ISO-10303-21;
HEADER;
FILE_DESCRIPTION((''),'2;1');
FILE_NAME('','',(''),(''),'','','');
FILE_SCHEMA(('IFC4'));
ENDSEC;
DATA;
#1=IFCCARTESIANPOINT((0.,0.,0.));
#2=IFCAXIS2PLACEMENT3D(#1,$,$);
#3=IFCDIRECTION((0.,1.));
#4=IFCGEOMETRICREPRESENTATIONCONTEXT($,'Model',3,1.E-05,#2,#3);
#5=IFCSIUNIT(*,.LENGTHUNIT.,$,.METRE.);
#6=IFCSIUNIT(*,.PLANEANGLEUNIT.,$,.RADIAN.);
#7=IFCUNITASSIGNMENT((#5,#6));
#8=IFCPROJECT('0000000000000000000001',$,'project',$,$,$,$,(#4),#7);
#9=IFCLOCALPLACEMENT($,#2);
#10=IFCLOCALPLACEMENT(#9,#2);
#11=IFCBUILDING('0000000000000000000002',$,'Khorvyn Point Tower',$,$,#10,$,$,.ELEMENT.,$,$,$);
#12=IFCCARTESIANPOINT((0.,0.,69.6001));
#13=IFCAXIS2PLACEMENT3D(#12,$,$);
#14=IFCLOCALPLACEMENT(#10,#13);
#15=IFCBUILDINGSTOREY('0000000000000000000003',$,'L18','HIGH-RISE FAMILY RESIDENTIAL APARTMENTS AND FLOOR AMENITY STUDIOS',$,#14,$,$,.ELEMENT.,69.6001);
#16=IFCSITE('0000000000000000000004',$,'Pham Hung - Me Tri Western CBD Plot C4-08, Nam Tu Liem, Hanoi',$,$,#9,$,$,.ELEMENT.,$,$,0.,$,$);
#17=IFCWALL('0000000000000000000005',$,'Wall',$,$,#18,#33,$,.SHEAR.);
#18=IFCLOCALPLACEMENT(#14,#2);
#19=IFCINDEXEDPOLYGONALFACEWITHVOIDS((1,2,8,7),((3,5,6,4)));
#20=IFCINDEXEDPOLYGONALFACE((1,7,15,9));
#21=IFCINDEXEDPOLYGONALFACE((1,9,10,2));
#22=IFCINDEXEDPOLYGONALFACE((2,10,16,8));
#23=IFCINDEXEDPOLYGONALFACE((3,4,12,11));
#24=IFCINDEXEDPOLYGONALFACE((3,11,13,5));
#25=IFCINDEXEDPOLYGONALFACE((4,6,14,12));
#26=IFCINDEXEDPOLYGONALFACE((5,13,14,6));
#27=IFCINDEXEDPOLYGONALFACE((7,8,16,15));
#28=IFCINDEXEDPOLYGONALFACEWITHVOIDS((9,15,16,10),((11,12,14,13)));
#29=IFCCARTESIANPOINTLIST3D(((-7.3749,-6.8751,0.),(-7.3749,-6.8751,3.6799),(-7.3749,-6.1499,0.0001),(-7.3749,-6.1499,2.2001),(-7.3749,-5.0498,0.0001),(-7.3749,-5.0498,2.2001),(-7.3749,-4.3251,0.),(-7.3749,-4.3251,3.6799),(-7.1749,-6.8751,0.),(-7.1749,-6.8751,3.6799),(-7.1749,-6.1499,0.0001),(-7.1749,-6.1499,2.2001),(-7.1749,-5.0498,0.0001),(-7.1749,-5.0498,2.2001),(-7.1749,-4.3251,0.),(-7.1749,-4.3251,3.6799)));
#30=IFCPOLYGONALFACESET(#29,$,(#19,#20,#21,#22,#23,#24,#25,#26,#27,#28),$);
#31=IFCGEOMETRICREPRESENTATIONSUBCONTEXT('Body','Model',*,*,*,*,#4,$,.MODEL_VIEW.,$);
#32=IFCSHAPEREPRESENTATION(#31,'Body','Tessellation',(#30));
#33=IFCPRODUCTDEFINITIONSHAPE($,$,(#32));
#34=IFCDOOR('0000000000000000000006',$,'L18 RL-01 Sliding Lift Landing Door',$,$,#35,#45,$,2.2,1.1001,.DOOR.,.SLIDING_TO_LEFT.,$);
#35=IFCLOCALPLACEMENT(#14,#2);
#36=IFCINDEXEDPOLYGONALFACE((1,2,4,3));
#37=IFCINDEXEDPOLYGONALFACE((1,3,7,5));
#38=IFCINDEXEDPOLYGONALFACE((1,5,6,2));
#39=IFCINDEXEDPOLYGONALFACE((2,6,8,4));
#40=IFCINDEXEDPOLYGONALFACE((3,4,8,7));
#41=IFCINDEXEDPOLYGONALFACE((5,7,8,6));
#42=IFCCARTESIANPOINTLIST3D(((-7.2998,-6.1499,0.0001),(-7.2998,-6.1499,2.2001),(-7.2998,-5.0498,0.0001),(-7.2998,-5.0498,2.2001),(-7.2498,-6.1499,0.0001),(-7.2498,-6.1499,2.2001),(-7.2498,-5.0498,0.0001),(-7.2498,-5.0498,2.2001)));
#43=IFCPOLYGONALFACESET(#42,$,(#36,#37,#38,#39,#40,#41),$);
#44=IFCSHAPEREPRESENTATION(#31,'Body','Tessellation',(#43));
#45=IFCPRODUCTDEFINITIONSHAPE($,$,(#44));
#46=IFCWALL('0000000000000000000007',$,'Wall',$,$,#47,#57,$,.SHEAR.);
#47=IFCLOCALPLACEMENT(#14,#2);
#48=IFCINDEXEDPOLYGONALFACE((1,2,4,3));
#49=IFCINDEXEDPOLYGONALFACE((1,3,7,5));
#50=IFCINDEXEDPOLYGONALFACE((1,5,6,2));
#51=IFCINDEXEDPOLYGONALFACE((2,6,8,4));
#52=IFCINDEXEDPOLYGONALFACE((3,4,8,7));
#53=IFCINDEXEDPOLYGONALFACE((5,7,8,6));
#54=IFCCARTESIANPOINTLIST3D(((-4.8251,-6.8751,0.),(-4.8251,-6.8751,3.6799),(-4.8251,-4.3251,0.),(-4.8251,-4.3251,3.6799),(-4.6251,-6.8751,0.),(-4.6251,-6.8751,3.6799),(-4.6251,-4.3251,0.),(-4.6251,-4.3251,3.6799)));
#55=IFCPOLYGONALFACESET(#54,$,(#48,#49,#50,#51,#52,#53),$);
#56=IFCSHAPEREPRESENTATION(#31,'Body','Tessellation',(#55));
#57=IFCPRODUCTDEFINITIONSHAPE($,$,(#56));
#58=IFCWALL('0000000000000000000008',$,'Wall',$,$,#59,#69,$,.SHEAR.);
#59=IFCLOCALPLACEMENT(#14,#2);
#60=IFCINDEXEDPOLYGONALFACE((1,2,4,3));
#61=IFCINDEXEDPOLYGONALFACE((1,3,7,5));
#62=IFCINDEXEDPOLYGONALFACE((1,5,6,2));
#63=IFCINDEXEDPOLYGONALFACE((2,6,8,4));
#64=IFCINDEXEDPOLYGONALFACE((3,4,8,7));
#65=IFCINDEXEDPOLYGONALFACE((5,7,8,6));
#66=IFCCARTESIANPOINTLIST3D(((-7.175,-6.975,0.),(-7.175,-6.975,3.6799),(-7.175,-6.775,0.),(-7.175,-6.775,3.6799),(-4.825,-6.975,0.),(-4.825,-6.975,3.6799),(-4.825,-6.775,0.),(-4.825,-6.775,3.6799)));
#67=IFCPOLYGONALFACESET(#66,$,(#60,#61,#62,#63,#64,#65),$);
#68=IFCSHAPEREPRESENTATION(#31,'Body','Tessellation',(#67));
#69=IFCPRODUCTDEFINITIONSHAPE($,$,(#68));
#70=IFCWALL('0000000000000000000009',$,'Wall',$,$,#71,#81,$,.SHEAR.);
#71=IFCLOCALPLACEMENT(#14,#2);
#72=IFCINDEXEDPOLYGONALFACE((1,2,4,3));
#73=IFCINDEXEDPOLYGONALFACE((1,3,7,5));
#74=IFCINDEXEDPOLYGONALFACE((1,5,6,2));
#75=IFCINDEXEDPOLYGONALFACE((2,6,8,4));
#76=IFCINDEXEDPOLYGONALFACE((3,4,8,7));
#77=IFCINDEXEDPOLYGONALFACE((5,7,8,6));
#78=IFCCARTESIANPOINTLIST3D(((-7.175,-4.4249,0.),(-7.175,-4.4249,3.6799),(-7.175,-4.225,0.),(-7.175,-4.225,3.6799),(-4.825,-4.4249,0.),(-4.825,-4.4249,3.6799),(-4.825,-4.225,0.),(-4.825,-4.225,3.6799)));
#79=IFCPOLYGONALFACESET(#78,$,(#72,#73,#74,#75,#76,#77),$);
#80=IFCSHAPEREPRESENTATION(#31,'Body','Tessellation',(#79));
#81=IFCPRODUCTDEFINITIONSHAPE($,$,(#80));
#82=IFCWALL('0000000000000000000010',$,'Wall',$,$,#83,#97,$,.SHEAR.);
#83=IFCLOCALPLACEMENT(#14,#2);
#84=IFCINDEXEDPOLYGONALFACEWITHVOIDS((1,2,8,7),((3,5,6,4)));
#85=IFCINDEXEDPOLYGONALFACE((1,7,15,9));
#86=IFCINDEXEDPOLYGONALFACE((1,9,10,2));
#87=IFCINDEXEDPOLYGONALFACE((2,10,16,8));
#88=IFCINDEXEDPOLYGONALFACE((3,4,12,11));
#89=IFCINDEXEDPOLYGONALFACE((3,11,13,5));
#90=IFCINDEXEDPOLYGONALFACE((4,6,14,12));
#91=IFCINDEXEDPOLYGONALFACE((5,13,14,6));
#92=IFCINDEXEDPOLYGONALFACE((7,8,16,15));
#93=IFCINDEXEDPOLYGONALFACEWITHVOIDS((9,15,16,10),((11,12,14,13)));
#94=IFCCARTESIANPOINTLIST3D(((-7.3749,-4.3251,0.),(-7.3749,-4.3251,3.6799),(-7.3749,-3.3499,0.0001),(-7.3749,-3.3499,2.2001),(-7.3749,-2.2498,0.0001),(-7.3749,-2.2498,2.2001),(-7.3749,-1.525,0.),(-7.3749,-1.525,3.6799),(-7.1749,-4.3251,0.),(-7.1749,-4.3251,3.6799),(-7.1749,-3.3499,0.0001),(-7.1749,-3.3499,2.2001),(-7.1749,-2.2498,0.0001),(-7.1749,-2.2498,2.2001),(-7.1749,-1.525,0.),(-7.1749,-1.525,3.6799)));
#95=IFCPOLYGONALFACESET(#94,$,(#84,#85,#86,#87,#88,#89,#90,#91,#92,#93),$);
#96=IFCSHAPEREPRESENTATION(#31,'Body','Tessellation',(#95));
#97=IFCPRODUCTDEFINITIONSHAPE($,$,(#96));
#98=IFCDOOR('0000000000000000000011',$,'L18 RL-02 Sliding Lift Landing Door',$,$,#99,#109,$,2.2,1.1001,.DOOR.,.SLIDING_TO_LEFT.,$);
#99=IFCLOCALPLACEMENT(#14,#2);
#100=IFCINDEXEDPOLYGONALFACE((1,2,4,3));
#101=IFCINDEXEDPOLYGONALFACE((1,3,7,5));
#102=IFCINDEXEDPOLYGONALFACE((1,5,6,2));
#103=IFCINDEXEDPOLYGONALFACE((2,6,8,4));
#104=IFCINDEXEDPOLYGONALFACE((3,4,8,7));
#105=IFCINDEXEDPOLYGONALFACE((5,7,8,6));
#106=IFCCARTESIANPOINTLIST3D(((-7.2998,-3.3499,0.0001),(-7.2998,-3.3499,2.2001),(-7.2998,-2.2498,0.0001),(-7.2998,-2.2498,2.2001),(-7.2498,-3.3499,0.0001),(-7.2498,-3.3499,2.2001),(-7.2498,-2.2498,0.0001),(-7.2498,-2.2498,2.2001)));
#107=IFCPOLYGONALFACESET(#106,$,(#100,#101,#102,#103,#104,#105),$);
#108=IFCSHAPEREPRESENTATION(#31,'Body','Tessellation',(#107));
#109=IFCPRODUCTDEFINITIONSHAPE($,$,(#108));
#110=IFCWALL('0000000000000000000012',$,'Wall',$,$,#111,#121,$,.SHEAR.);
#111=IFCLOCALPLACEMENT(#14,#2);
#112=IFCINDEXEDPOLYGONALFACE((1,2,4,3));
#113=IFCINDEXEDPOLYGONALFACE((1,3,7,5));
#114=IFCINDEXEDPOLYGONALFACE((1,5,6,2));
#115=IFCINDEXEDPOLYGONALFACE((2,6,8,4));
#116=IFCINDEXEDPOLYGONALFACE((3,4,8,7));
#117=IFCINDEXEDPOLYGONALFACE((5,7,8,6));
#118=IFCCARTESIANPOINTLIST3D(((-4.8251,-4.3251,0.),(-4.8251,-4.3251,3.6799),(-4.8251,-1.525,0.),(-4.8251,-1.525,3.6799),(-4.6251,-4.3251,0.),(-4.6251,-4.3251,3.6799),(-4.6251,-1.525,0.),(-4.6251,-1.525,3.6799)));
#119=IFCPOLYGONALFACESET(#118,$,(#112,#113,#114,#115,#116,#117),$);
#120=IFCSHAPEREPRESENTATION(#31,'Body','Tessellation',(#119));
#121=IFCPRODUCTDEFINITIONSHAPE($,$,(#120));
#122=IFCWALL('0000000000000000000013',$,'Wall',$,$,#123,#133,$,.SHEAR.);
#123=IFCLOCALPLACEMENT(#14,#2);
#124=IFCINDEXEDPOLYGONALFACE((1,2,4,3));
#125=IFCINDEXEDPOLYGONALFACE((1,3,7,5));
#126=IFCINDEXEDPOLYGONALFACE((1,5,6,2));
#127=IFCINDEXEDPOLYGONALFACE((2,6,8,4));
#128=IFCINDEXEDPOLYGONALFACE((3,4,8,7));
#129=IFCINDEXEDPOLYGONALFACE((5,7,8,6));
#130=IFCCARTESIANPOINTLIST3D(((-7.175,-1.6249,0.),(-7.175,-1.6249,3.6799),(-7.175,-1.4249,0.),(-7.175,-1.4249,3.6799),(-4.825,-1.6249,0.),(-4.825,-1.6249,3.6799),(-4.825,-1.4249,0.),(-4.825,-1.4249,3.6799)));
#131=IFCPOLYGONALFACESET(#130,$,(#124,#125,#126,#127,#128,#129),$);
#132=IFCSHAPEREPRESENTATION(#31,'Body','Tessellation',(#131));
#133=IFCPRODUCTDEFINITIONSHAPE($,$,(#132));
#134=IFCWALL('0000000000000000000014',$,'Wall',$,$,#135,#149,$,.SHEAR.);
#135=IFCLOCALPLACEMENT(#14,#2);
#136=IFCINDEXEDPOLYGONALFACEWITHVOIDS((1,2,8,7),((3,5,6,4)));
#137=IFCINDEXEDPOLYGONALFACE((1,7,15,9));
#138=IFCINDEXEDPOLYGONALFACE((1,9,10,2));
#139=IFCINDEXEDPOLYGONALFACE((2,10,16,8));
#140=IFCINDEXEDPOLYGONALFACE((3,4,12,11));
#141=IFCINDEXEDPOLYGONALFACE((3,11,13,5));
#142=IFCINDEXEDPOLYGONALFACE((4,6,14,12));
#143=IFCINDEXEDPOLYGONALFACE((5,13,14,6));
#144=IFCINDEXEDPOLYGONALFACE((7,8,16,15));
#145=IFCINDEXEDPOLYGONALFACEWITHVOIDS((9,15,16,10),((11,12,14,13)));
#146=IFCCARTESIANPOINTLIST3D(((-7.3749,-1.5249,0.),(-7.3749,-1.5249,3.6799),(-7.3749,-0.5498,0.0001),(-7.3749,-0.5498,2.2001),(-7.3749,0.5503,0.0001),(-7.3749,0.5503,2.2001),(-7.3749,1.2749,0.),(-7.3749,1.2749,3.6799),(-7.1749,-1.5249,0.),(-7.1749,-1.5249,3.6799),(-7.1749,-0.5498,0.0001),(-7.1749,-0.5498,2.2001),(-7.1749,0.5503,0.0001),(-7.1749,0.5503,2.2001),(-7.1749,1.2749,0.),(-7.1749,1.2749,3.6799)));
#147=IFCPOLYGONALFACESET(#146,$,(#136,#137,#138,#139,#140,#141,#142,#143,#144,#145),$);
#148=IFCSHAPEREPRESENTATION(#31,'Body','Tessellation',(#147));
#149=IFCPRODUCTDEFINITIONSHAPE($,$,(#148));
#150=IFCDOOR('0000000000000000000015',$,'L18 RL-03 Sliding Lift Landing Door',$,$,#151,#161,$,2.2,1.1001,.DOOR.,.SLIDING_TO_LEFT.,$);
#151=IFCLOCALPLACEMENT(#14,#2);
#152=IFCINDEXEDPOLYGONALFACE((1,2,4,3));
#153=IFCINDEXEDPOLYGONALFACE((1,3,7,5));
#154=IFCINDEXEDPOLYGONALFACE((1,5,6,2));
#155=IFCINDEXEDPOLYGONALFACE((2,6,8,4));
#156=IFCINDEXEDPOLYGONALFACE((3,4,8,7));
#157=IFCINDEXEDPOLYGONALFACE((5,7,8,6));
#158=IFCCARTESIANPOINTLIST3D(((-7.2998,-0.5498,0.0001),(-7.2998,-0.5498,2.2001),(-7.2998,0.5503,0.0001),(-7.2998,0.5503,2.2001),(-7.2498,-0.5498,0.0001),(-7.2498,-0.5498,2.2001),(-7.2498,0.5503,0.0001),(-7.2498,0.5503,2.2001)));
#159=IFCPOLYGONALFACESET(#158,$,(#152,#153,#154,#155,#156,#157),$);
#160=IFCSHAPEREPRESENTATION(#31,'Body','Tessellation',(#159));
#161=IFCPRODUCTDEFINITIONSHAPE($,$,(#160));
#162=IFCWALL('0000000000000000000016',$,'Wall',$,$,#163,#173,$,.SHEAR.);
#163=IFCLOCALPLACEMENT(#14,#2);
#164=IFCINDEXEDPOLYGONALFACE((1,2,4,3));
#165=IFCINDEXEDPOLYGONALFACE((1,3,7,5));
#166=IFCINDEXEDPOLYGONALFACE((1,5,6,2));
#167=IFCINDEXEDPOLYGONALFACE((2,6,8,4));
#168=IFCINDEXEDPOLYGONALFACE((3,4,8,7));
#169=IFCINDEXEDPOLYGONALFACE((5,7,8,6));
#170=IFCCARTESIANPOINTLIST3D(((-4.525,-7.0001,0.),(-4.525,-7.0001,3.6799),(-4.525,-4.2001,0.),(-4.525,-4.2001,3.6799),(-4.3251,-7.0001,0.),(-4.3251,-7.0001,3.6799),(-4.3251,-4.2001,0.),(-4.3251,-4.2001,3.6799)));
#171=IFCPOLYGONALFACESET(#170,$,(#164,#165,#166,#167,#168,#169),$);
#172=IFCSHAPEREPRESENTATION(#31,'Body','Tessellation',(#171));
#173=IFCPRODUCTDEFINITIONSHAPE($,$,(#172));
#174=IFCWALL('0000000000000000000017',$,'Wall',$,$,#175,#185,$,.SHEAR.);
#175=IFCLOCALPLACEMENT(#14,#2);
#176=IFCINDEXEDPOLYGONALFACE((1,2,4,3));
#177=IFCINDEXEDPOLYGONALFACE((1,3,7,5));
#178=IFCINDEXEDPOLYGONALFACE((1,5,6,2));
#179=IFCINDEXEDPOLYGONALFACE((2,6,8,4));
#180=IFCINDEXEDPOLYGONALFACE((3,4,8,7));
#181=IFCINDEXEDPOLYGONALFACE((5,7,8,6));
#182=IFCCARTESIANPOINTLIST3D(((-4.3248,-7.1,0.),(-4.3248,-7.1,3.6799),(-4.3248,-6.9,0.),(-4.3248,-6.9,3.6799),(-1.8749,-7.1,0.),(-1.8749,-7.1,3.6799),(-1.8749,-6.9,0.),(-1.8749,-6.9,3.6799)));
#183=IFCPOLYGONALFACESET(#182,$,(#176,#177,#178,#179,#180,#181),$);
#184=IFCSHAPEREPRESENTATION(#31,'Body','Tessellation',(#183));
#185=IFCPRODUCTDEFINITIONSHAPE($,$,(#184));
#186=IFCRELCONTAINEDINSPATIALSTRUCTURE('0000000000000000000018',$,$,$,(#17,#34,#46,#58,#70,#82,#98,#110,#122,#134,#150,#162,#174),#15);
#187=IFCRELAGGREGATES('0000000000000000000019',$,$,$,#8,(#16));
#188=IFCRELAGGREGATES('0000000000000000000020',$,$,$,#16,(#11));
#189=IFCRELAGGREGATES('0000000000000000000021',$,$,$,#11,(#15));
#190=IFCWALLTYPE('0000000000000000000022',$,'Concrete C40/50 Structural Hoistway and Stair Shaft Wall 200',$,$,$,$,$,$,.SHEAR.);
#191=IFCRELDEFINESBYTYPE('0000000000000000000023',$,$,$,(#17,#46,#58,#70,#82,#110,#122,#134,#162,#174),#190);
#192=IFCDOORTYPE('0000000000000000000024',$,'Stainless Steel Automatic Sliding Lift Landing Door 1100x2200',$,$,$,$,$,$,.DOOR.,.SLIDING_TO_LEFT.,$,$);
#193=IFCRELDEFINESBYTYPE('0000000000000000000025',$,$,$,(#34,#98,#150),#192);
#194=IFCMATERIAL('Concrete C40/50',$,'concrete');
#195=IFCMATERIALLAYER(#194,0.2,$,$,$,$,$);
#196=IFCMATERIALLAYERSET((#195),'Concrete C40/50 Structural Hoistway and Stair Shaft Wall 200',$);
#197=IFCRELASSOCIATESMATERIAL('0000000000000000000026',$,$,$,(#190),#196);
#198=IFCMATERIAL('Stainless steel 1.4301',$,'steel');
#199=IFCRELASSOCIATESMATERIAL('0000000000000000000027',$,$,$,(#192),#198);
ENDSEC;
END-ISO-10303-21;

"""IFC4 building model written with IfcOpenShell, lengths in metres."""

from ifc_helpers import new_model, si_unit, direction, frame, frame_2d, origin, place, context, subcontext, project, spatial, rectangle, extrude, material, layer, layer_set, type_object, element, fill, save


model = new_model("IFC4")

# Units and contexts
model_context = context("Model", 3, precision=1e-05, world=origin(), true_north=direction((0.0, 1.0)))
body_context = subcontext(model_context, "Body", "Model", "MODEL_VIEW")
ifc_project = project(units=[si_unit("LENGTHUNIT", "METRE"), si_unit("PLANEANGLEUNIT", "RADIAN")], contexts=[model_context])

# Site, building, storey
site_placement = place(None, origin())
site = spatial("IfcSite", under=ifc_project, at=site_placement, Name="Pham Hung - Me Tri Western CBD Plot C4-08, Nam Tu Liem, Hanoi", CompositionType="ELEMENT", RefElevation=0.0)
building_placement = place(site_placement, origin())
building = spatial("IfcBuilding", under=site, at=building_placement, Name="Khorvyn Point Tower", CompositionType="ELEMENT")
storey_placement = place(building_placement, frame((0.0, 0.0, 69.6001)))
storey = spatial("IfcBuildingStorey", under=building, at=storey_placement, Name="L18", Description="HIGH-RISE FAMILY RESIDENTIAL APARTMENTS AND FLOOR AMENITY STUDIOS", CompositionType="ELEMENT", Elevation=69.6001)

# Shared definitions
ifc_material_1 = material(Name="Concrete C40/50", Category="concrete")

# Wall, opening, door
ifc_layer_1 = layer(ifc_material_1, 0.2)
ifc_layer_set_1 = layer_set([ifc_layer_1], Name="Concrete C40/50 Structural Hoistway and Stair Shaft Wall 200")
wall_type_1 = type_object("IfcWallType", Name="Concrete C40/50 Structural Hoistway and Stair Shaft Wall 200", PredefinedType="SHEAR", material=ifc_layer_set_1)
wall_1_placement = place(storey_placement, frame((-7.2749, -6.875, 0.0), z_axis=(0.0, 0.0, 1.0), x_axis=(0.0, 1.0, 0.0)))
wall_1 = element("IfcWall", 1, at=wall_1_placement, inside=storey, type_object=wall_type_1, Name="Wall", PredefinedType="SHEAR", context=body_context, shape_type="SweptSolid", body=[
    extrude(rectangle(XDim=2.55, YDim=0.2, at=frame_2d((1.2749, 0.0))), origin(), (0.0, 0.0, 1.0), 3.6799),
])
opening_1_placement = place(wall_1_placement, frame((0.7251, 0.0, 0.0)))
opening_1 = element("IfcOpeningElement", 2, at=opening_1_placement, cuts=wall_1, PredefinedType="OPENING", context=body_context, shape_type="SweptSolid", body=[
    extrude(rectangle(XDim=1.1001, YDim=2.2, at=frame_2d((0.55, 1.1001))), frame((0.0, 0.1099, 0.0), z_axis=(0.0, -1.0, 0.0), x_axis=(1.0, 0.0, 0.0)), (0.0, 0.0, 1.0), 0.22),
])
ifc_material_2 = material(Name="Stainless steel 1.4301", Category="steel")
door_type_1 = type_object("IfcDoorType", Name="Stainless Steel Automatic Sliding Lift Landing Door 1100x2200", OperationType="SLIDING_TO_LEFT", PredefinedType="DOOR", material=ifc_material_2)
door_1_placement = place(opening_1_placement, origin())
door_1 = element("IfcDoor", 3, at=door_1_placement, inside=storey, type_object=door_type_1, Name="L18 RL-01 Sliding Lift Landing Door", OperationType="SLIDING_TO_LEFT", OverallHeight=2.2, OverallWidth=1.1001, PredefinedType="DOOR", context=body_context, shape_type="SweptSolid", body=[
    extrude(rectangle(XDim=1.1001, YDim=2.2, at=frame_2d((0.55, 1.1001))), frame((0.0, 0.0249, 0.0), z_axis=(0.0, -1.0, 0.0), x_axis=(1.0, 0.0, 0.0)), (0.0, 0.0, 1.0), 0.05),
])
fill(opening_1, door_1)

# Walls
wall_2_placement = place(storey_placement, frame((-4.7251, -6.875, 0.0), z_axis=(0.0, 0.0, 1.0), x_axis=(0.0, 1.0, 0.0)))
element("IfcWall", 4, at=wall_2_placement, inside=storey, type_object=wall_type_1, Name="Wall", PredefinedType="SHEAR", context=body_context, shape_type="SweptSolid", body=[
    extrude(rectangle(XDim=2.55, YDim=0.2, at=frame_2d((1.2749, 0.0))), origin(), (0.0, 0.0, 1.0), 3.6799),
])
for number, where, z_axis, x_axis, name in (
    (5, (-7.175, -6.875, 0.0), (0.0, 0.0, 1.0), (1.0, 0.0, 0.0), "Wall"),
    (6, (-7.175, -4.325, 0.0), (0.0, 0.0, 1.0), (1.0, 0.0, 0.0), "Wall"),
):
    element("IfcWall", number, at=place(storey_placement, frame(where, z_axis=z_axis, x_axis=x_axis)), inside=storey, type_object=wall_type_1, Name=name, PredefinedType="SHEAR", context=body_context, shape_type="SweptSolid", body=[
        extrude(rectangle(XDim=2.3501, YDim=0.2, at=frame_2d((1.175, 0.0))), origin(), (0.0, 0.0, 1.0), 3.6799),
    ])

# Wall, opening, door
wall_3_placement = place(storey_placement, frame((-7.2749, -4.325, 0.0), z_axis=(0.0, 0.0, 1.0), x_axis=(0.0, 1.0, 0.0)))
wall_3 = element("IfcWall", 7, at=wall_3_placement, inside=storey, type_object=wall_type_1, Name="Wall", PredefinedType="SHEAR", context=body_context, shape_type="SweptSolid", body=[
    extrude(rectangle(XDim=2.8, YDim=0.2, at=frame_2d((1.3999, 0.0))), origin(), (0.0, 0.0, 1.0), 3.6799),
])
opening_2_placement = place(wall_3_placement, frame((0.9751, 0.0, 0.0)))
opening_2 = element("IfcOpeningElement", 8, at=opening_2_placement, cuts=wall_3, PredefinedType="OPENING", context=body_context, shape_type="SweptSolid", body=[
    extrude(rectangle(XDim=1.1001, YDim=2.2, at=frame_2d((0.55, 1.1001))), frame((0.0, 0.1099, 0.0), z_axis=(0.0, -1.0, 0.0), x_axis=(1.0, 0.0, 0.0)), (0.0, 0.0, 1.0), 0.22),
])
door_2_placement = place(opening_2_placement, origin())
door_2 = element("IfcDoor", 9, at=door_2_placement, inside=storey, type_object=door_type_1, Name="L18 RL-02 Sliding Lift Landing Door", OperationType="SLIDING_TO_LEFT", OverallHeight=2.2, OverallWidth=1.1001, PredefinedType="DOOR", context=body_context, shape_type="SweptSolid", body=[
    extrude(rectangle(XDim=1.1001, YDim=2.2, at=frame_2d((0.55, 1.1001))), frame((0.0, 0.0249, 0.0), z_axis=(0.0, -1.0, 0.0), x_axis=(1.0, 0.0, 0.0)), (0.0, 0.0, 1.0), 0.05),
])
fill(opening_2, door_2)

# Walls
wall_4_placement = place(storey_placement, frame((-4.7251, -4.325, 0.0), z_axis=(0.0, 0.0, 1.0), x_axis=(0.0, 1.0, 0.0)))
element("IfcWall", 10, at=wall_4_placement, inside=storey, type_object=wall_type_1, Name="Wall", PredefinedType="SHEAR", context=body_context, shape_type="SweptSolid", body=[
    extrude(rectangle(XDim=2.8, YDim=0.2, at=frame_2d((1.3999, 0.0))), origin(), (0.0, 0.0, 1.0), 3.6799),
])
wall_5_placement = place(storey_placement, frame((-7.175, -1.5249, 0.0), z_axis=(0.0, 0.0, 1.0), x_axis=(1.0, 0.0, 0.0)))
element("IfcWall", 11, at=wall_5_placement, inside=storey, type_object=wall_type_1, Name="Wall", PredefinedType="SHEAR", context=body_context, shape_type="SweptSolid", body=[
    extrude(rectangle(XDim=2.3501, YDim=0.2, at=frame_2d((1.175, 0.0))), origin(), (0.0, 0.0, 1.0), 3.6799),
])

# Wall, opening, door
wall_6_placement = place(storey_placement, frame((-7.2749, -1.5249, 0.0), z_axis=(0.0, 0.0, 1.0), x_axis=(0.0, 1.0, 0.0)))
wall_6 = element("IfcWall", 12, at=wall_6_placement, inside=storey, type_object=wall_type_1, Name="Wall", PredefinedType="SHEAR", context=body_context, shape_type="SweptSolid", body=[
    extrude(rectangle(XDim=2.7998, YDim=0.2, at=frame_2d((1.3999, 0.0))), origin(), (0.0, 0.0, 1.0), 3.6799),
])
opening_3_placement = place(wall_6_placement, frame((0.9751, 0.0, 0.0)))
opening_3 = element("IfcOpeningElement", 13, at=opening_3_placement, cuts=wall_6, PredefinedType="OPENING", context=body_context, shape_type="SweptSolid", body=[
    extrude(rectangle(XDim=1.1001, YDim=2.2, at=frame_2d((0.55, 1.1001))), frame((0.0, 0.1099, 0.0), z_axis=(0.0, -1.0, 0.0), x_axis=(1.0, 0.0, 0.0)), (0.0, 0.0, 1.0), 0.22),
])
door_3_placement = place(opening_3_placement, origin())
door_3 = element("IfcDoor", 14, at=door_3_placement, inside=storey, type_object=door_type_1, Name="L18 RL-03 Sliding Lift Landing Door", OperationType="SLIDING_TO_LEFT", OverallHeight=2.2, OverallWidth=1.1001, PredefinedType="DOOR", context=body_context, shape_type="SweptSolid", body=[
    extrude(rectangle(XDim=1.1001, YDim=2.2, at=frame_2d((0.55, 1.1001))), frame((0.0, 0.0249, 0.0), z_axis=(0.0, -1.0, 0.0), x_axis=(1.0, 0.0, 0.0)), (0.0, 0.0, 1.0), 0.05),
])
fill(opening_3, door_3)

# Walls
wall_7_placement = place(storey_placement, frame((-4.425, -7.0, 0.0), z_axis=(0.0, 0.0, 1.0), x_axis=(0.0, 1.0, 0.0)))
element("IfcWall", 15, at=wall_7_placement, inside=storey, type_object=wall_type_1, Name="Wall", PredefinedType="SHEAR", context=body_context, shape_type="SweptSolid", body=[
    extrude(rectangle(XDim=2.8, YDim=0.2, at=frame_2d((1.3999, 0.0))), origin(), (0.0, 0.0, 1.0), 3.6799),
])
for number, where, z_axis, x_axis, name in (
    (16, (-4.325, -7.0, 0.0), (0.0, 0.0, 1.0), (1.0, 0.0, 0.0), "Wall"),
):
    element("IfcWall", number, at=place(storey_placement, frame(where, z_axis=z_axis, x_axis=x_axis)), inside=storey, type_object=wall_type_1, Name=name, PredefinedType="SHEAR", context=body_context, shape_type="SweptSolid", body=[
        extrude(rectangle(XDim=2.45, YDim=0.2, at=frame_2d((1.2251, 0.0))), origin(), (0.0, 0.0, 1.0), 3.6799),
    ])

save(model, "model.ifc")
